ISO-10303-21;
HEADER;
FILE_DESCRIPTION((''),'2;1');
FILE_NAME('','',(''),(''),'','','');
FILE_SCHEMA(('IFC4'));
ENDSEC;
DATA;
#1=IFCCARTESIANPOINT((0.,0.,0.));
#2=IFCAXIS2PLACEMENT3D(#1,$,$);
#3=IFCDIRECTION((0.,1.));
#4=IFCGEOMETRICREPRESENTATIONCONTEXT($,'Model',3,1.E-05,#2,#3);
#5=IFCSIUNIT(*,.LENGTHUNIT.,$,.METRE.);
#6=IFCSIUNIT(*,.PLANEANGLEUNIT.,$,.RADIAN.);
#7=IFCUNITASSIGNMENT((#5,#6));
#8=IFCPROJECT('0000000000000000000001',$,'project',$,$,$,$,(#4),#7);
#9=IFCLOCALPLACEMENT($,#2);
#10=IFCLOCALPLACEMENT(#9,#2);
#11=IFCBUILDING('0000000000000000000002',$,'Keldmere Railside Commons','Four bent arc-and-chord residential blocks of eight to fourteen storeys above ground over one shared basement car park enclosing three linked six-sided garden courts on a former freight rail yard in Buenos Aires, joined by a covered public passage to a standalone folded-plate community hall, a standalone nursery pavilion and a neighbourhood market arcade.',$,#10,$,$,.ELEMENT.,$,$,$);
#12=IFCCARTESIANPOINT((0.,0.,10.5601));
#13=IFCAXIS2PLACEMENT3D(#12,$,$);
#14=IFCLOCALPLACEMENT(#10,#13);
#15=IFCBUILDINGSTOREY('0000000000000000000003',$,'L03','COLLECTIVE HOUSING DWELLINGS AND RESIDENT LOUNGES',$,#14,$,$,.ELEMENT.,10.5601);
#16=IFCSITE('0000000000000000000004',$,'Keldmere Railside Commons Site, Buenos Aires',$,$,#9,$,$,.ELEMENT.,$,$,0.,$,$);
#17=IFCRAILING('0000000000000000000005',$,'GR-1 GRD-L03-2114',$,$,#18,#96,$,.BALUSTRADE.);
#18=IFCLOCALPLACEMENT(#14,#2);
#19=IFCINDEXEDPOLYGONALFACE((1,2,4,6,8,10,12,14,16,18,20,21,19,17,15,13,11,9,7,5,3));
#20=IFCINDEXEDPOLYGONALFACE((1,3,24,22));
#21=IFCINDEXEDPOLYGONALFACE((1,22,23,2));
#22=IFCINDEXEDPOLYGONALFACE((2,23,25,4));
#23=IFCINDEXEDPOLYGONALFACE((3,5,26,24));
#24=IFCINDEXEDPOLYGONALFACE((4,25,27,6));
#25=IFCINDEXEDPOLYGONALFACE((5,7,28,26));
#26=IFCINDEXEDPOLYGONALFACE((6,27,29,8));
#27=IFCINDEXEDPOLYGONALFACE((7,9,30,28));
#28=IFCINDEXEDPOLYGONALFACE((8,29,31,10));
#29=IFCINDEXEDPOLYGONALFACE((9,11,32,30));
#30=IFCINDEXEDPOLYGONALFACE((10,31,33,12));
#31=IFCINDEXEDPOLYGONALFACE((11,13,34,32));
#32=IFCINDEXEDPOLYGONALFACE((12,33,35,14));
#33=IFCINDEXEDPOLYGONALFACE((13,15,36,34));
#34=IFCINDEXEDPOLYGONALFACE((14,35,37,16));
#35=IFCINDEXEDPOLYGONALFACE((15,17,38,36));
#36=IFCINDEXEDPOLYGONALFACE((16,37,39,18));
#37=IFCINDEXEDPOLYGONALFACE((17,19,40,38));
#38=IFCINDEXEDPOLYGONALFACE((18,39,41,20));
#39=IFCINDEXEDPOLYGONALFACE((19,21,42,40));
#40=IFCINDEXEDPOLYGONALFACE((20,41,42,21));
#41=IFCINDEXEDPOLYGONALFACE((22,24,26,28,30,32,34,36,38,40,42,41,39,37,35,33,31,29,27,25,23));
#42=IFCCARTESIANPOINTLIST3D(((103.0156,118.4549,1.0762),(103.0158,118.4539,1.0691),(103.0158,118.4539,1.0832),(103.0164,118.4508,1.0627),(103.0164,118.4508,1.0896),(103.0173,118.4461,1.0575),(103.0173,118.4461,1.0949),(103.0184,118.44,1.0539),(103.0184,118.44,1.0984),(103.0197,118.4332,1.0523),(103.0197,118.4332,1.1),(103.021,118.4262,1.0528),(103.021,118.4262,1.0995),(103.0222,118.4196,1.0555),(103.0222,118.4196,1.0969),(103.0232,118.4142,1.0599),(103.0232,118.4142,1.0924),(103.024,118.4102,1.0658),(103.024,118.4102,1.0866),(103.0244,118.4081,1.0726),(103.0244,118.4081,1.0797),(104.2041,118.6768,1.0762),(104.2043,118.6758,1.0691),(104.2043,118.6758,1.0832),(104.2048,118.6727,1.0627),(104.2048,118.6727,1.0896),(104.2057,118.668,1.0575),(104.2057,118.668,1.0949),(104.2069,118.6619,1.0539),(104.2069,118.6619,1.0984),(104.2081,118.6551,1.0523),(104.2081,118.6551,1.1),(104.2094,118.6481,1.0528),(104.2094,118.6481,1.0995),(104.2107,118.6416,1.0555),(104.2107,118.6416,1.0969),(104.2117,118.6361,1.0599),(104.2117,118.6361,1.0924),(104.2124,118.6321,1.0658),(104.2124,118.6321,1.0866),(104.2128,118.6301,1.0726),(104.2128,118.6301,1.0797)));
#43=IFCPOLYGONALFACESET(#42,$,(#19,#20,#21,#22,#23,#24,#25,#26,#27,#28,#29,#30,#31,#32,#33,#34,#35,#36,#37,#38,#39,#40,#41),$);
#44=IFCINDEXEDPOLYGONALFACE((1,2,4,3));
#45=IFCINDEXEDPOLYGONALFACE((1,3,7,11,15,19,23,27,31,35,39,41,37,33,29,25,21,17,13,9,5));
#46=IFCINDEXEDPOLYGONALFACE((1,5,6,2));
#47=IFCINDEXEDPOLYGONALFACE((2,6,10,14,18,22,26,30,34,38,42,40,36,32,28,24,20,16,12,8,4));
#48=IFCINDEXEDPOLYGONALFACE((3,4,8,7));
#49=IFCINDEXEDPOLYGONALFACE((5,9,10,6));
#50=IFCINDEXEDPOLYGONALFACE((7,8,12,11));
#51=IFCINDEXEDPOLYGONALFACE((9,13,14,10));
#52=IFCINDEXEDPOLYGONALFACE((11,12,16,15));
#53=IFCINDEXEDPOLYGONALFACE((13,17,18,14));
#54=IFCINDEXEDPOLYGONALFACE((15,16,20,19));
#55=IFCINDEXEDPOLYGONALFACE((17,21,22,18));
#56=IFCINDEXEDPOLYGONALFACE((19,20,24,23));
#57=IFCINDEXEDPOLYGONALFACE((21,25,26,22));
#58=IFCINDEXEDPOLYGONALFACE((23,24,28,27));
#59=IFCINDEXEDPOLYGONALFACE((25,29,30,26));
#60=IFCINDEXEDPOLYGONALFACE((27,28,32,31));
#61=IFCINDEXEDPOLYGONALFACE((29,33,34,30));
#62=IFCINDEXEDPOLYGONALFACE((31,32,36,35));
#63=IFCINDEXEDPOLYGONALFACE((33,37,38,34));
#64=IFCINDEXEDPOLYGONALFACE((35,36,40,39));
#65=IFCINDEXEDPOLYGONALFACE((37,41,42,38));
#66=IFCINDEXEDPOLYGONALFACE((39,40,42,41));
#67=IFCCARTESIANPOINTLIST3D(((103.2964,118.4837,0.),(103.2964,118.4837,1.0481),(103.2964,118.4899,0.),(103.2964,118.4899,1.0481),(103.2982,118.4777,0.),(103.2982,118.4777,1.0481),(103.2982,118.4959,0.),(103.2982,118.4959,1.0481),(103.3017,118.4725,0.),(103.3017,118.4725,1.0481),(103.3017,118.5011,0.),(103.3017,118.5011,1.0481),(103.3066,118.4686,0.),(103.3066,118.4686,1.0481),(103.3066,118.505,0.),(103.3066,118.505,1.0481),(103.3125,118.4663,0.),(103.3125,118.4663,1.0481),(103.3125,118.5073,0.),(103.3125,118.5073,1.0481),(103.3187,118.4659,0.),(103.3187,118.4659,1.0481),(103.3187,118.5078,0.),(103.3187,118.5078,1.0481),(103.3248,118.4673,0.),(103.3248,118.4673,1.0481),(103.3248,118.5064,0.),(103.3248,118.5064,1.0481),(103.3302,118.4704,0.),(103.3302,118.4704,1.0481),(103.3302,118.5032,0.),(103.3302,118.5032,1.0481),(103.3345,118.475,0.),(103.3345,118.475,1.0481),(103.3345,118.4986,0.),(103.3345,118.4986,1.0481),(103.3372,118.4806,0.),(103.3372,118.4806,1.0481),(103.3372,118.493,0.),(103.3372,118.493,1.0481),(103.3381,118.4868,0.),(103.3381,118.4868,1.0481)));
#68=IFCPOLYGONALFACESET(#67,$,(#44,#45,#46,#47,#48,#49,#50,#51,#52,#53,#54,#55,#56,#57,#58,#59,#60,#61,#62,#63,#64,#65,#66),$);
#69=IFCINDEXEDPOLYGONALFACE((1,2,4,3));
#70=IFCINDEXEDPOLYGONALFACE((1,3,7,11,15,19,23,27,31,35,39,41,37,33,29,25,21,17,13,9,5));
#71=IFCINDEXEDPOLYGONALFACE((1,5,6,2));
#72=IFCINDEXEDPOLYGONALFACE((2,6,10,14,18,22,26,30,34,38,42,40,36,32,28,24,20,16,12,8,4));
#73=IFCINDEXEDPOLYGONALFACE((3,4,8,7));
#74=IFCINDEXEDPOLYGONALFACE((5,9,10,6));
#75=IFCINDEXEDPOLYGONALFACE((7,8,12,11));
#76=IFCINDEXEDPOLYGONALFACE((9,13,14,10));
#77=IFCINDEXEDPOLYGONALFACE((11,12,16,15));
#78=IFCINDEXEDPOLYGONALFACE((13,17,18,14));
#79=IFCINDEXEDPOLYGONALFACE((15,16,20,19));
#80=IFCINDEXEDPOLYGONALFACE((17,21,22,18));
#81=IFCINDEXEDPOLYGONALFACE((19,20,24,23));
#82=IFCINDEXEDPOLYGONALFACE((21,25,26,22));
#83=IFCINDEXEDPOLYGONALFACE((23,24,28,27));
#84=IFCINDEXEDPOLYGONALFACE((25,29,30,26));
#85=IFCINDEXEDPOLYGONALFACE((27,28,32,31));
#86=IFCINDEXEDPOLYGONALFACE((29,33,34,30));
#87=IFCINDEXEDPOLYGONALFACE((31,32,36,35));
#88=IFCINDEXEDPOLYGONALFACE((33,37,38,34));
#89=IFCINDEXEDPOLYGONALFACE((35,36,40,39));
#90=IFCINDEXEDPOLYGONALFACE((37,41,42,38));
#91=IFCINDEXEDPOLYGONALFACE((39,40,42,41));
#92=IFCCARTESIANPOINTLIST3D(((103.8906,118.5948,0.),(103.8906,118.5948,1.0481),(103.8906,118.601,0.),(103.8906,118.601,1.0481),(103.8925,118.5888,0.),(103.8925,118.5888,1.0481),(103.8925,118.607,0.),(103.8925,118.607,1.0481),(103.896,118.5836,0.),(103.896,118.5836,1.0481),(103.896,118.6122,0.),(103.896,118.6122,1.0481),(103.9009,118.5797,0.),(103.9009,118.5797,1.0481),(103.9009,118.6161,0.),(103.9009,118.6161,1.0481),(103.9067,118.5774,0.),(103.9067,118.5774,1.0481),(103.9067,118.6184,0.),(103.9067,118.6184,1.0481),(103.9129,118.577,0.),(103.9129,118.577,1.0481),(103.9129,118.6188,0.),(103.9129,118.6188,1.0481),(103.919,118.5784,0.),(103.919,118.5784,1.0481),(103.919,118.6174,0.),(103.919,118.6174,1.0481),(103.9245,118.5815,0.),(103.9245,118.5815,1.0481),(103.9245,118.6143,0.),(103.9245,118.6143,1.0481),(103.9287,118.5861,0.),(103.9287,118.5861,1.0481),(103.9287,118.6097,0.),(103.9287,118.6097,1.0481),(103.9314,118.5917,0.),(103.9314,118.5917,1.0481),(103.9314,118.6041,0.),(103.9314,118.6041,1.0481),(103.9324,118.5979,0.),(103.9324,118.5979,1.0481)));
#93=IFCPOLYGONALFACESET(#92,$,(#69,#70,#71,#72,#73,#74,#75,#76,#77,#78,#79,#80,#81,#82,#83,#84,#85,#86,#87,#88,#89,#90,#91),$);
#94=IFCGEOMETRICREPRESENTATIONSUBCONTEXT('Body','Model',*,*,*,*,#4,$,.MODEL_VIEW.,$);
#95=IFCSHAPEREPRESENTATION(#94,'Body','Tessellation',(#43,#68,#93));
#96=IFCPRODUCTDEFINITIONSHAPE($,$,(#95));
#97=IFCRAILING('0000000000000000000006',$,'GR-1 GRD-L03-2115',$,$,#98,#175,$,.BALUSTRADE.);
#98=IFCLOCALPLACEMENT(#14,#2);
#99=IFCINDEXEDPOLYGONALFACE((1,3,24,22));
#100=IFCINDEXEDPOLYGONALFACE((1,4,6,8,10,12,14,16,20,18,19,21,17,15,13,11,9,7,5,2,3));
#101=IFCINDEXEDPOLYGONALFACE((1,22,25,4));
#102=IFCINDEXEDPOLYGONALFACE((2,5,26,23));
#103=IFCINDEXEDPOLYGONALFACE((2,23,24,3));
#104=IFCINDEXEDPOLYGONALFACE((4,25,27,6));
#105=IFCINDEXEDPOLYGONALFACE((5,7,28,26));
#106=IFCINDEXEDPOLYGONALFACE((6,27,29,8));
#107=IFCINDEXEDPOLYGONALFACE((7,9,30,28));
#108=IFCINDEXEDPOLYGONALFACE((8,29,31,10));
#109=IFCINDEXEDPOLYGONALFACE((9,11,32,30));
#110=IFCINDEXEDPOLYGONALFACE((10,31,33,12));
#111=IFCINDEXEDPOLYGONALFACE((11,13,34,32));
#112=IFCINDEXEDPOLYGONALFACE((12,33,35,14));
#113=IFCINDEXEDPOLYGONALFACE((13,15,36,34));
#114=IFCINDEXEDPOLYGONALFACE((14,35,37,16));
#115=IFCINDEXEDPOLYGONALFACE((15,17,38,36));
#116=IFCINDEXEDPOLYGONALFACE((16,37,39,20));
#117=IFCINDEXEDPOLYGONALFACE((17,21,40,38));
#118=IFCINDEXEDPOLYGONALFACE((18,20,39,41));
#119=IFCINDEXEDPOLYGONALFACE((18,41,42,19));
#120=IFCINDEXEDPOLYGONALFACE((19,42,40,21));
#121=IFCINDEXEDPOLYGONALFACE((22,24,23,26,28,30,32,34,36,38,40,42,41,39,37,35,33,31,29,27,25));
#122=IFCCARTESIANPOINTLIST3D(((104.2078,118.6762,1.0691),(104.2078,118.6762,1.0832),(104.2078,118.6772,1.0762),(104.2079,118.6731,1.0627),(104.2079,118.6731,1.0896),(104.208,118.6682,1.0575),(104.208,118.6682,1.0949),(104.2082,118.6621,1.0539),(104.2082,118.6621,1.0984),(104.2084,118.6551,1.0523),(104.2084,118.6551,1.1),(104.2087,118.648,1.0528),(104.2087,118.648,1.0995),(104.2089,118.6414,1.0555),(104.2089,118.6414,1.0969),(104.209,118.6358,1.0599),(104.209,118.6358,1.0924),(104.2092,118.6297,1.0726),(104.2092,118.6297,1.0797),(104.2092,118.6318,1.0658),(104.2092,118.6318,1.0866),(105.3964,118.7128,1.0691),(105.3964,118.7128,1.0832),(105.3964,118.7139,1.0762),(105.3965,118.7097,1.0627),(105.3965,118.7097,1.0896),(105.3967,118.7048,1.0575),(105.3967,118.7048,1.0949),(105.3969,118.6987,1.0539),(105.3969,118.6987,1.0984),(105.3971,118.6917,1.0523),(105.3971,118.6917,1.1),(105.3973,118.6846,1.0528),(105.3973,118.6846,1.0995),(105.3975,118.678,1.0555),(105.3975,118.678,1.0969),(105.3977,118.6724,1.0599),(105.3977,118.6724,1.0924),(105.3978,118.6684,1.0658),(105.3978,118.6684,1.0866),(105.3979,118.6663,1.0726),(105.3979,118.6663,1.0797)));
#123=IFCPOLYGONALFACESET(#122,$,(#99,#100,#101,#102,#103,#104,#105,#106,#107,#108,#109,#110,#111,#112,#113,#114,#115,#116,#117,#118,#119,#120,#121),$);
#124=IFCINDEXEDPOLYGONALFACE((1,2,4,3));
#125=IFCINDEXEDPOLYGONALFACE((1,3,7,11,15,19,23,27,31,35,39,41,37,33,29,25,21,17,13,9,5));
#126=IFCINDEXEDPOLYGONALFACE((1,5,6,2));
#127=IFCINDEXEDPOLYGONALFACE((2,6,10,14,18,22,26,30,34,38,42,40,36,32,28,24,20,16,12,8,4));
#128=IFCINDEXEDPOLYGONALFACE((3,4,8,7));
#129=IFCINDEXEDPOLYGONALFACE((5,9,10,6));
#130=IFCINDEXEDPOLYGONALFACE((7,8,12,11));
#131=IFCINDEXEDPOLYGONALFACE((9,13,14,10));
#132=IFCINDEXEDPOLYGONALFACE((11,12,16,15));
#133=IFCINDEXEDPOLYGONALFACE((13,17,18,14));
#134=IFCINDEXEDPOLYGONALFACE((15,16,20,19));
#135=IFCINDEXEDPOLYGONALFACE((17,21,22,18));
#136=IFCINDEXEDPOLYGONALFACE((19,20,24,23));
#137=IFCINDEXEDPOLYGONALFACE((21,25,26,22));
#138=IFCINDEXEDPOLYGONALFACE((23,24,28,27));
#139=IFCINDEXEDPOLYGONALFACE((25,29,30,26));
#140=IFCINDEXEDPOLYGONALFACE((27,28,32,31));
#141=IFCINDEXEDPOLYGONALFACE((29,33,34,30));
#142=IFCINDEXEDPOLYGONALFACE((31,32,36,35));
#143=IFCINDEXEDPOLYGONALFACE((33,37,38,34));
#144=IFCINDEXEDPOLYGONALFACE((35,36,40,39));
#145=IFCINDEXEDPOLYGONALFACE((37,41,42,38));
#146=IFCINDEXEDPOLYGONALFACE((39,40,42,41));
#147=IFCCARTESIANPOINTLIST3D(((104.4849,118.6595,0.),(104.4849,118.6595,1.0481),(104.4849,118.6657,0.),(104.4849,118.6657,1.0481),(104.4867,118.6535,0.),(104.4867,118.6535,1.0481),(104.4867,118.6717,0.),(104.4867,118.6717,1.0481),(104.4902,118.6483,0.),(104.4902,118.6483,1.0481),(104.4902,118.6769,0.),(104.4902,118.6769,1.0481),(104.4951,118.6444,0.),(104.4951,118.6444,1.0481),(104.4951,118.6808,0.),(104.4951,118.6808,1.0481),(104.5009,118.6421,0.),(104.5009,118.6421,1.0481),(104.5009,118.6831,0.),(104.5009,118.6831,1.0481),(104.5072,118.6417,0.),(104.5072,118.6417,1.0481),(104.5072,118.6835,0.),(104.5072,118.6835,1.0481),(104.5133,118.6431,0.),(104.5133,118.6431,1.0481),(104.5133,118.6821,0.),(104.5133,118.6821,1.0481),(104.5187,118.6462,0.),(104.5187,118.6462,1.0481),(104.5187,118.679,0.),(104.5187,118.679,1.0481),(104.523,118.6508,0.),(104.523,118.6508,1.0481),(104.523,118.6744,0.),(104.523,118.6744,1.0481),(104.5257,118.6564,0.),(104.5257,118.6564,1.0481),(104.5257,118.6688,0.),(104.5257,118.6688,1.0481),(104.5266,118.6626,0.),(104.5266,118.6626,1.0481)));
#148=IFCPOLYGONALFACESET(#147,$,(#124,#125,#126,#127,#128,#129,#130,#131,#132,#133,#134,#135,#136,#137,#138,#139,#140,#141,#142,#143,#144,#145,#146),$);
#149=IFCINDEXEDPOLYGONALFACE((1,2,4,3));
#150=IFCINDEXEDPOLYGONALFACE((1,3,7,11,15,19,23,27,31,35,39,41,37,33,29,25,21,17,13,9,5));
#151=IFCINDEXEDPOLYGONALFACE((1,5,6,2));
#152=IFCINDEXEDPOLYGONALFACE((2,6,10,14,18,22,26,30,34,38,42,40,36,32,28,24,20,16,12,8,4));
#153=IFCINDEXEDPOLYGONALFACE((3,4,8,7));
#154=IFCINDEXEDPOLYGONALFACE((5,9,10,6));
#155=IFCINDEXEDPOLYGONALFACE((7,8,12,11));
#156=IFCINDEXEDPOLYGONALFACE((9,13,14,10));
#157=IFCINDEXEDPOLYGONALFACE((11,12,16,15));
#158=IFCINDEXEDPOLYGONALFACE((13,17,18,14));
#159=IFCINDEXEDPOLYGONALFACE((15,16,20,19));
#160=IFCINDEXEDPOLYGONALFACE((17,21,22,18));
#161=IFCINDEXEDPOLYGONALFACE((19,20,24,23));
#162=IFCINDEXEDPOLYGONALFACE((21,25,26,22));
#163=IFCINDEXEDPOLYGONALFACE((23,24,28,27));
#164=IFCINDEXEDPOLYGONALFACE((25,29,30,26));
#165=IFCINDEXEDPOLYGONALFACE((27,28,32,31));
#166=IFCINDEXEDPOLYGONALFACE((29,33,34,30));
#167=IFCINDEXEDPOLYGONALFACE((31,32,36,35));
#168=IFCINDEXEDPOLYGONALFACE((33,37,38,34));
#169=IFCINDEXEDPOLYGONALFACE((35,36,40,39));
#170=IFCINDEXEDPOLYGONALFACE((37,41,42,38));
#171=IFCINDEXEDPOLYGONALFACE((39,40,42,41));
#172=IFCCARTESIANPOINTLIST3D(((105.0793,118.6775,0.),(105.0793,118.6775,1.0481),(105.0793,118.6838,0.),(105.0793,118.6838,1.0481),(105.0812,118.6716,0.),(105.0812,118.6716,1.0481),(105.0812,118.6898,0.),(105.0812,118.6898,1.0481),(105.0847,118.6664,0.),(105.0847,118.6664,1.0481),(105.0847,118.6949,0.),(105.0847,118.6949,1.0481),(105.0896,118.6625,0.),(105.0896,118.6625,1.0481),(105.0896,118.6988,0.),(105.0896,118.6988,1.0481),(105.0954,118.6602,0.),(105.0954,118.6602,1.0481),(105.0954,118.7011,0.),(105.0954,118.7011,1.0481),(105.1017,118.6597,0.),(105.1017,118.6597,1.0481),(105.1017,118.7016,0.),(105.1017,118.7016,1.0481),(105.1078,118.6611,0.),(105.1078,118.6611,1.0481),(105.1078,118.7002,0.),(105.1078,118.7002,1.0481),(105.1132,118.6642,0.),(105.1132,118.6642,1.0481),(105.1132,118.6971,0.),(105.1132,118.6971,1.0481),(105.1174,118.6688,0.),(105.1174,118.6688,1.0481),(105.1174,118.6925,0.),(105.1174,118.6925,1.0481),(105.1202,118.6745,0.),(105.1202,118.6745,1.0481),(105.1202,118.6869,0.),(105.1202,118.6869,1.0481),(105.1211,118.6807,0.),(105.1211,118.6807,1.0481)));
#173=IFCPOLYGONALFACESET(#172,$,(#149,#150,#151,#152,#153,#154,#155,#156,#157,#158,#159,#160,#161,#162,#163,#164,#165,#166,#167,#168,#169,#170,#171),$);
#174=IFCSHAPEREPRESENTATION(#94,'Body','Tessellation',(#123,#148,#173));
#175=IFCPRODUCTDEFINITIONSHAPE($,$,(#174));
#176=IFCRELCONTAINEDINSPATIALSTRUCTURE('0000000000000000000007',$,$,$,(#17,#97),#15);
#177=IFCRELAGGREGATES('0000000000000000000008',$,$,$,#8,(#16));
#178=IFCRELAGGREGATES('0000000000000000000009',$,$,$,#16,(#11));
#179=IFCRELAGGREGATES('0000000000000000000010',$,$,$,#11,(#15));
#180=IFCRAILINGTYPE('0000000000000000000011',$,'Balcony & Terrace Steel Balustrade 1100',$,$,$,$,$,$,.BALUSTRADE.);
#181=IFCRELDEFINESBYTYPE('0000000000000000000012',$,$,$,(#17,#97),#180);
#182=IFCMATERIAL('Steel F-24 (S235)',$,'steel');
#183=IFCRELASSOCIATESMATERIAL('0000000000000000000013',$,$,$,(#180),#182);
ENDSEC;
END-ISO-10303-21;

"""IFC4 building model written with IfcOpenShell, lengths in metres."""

from ifc_helpers import new_model, si_unit, direction, frame, origin, origin_2d, place, context, subcontext, project, spatial, circle, extrude, material, type_object, element, save


model = new_model("IFC4")

# Units and contexts
model_context = context("Model", 3, precision=1e-05, world=origin(), true_north=direction((0.0, 1.0)))
body_context = subcontext(model_context, "Body", "Model", "MODEL_VIEW")
ifc_project = project(units=[si_unit("LENGTHUNIT", "METRE"), si_unit("PLANEANGLEUNIT", "RADIAN")], contexts=[model_context])

# Site, building, storey
site_placement = place(None, origin())
site = spatial("IfcSite", under=ifc_project, at=site_placement, Name="Keldmere Railside Commons Site, Buenos Aires", CompositionType="ELEMENT", RefElevation=0.0)
building_placement = place(site_placement, origin())
building = spatial("IfcBuilding", under=site, at=building_placement, Name="Keldmere Railside Commons", Description="Four bent arc-and-chord residential blocks of eight to fourteen storeys above ground over one shared basement car park enclosing three linked six-sided garden courts on a former freight rail yard in Buenos Aires, joined by a covered public passage to a standalone folded-plate community hall, a standalone nursery pavilion and a neighbourhood market arcade.", CompositionType="ELEMENT")
storey_placement = place(building_placement, frame((0.0, 0.0, 10.5601)))
storey = spatial("IfcBuildingStorey", under=building, at=storey_placement, Name="L03", Description="COLLECTIVE HOUSING DWELLINGS AND RESIDENT LOUNGES", CompositionType="ELEMENT", Elevation=10.5601)

# Railings
ifc_material_1 = material(Name="Steel F-24 (S235)", Category="steel")
railing_type = type_object("IfcRailingType", Name="Balcony & Terrace Steel Balustrade 1100", PredefinedType="BALUSTRADE", material=ifc_material_1)
railing_1_placement = place(storey_placement, frame((103.02, 118.4314, 0.0)))
element("IfcRailing", 1, at=railing_1_placement, inside=storey, type_object=railing_type, Name="GR-1 GRD-L03-2114", PredefinedType="BALUSTRADE", context=body_context, shape_type="SweptSolid", body=[
    extrude(circle(Radius=0.0239, at=origin_2d()), frame((0.0, 0.0, 1.0762), z_axis=(0.983009, 0.183557, 0.0), x_axis=(-0.183557, 0.983009, 0.0)), (0.0, 0.0, 1.0), 1.209),
    extrude(circle(Radius=0.021, at=origin_2d()), frame((0.2971, 0.0554, 0.0)), (0.0, 0.0, 1.0), 1.0481),
    extrude(circle(Radius=0.021, at=origin_2d()), frame((0.8914, 0.1665, 0.0)), (0.0, 0.0, 1.0), 1.0481),
])
railing_2_placement = place(storey_placement, frame((104.2085, 118.6533, 0.0)))
element("IfcRailing", 2, at=railing_2_placement, inside=storey, type_object=railing_type, Name="GR-1 GRD-L03-2115", PredefinedType="BALUSTRADE", context=body_context, shape_type="SweptSolid", body=[
    extrude(circle(Radius=0.0239, at=origin_2d()), frame((0.0, 0.0, 1.0762), z_axis=(0.999526, 0.030793, 0.0), x_axis=(-0.030793, 0.999526, 0.0)), (0.0, 0.0, 1.0), 1.1892),
    extrude(circle(Radius=0.021, at=origin_2d()), frame((0.2971, 0.0093, 0.0)), (0.0, 0.0, 1.0), 1.0481),
    extrude(circle(Radius=0.021, at=origin_2d()), frame((0.8916, 0.0273, 0.0)), (0.0, 0.0, 1.0), 1.0481),
])

save(model, "model.ifc")
